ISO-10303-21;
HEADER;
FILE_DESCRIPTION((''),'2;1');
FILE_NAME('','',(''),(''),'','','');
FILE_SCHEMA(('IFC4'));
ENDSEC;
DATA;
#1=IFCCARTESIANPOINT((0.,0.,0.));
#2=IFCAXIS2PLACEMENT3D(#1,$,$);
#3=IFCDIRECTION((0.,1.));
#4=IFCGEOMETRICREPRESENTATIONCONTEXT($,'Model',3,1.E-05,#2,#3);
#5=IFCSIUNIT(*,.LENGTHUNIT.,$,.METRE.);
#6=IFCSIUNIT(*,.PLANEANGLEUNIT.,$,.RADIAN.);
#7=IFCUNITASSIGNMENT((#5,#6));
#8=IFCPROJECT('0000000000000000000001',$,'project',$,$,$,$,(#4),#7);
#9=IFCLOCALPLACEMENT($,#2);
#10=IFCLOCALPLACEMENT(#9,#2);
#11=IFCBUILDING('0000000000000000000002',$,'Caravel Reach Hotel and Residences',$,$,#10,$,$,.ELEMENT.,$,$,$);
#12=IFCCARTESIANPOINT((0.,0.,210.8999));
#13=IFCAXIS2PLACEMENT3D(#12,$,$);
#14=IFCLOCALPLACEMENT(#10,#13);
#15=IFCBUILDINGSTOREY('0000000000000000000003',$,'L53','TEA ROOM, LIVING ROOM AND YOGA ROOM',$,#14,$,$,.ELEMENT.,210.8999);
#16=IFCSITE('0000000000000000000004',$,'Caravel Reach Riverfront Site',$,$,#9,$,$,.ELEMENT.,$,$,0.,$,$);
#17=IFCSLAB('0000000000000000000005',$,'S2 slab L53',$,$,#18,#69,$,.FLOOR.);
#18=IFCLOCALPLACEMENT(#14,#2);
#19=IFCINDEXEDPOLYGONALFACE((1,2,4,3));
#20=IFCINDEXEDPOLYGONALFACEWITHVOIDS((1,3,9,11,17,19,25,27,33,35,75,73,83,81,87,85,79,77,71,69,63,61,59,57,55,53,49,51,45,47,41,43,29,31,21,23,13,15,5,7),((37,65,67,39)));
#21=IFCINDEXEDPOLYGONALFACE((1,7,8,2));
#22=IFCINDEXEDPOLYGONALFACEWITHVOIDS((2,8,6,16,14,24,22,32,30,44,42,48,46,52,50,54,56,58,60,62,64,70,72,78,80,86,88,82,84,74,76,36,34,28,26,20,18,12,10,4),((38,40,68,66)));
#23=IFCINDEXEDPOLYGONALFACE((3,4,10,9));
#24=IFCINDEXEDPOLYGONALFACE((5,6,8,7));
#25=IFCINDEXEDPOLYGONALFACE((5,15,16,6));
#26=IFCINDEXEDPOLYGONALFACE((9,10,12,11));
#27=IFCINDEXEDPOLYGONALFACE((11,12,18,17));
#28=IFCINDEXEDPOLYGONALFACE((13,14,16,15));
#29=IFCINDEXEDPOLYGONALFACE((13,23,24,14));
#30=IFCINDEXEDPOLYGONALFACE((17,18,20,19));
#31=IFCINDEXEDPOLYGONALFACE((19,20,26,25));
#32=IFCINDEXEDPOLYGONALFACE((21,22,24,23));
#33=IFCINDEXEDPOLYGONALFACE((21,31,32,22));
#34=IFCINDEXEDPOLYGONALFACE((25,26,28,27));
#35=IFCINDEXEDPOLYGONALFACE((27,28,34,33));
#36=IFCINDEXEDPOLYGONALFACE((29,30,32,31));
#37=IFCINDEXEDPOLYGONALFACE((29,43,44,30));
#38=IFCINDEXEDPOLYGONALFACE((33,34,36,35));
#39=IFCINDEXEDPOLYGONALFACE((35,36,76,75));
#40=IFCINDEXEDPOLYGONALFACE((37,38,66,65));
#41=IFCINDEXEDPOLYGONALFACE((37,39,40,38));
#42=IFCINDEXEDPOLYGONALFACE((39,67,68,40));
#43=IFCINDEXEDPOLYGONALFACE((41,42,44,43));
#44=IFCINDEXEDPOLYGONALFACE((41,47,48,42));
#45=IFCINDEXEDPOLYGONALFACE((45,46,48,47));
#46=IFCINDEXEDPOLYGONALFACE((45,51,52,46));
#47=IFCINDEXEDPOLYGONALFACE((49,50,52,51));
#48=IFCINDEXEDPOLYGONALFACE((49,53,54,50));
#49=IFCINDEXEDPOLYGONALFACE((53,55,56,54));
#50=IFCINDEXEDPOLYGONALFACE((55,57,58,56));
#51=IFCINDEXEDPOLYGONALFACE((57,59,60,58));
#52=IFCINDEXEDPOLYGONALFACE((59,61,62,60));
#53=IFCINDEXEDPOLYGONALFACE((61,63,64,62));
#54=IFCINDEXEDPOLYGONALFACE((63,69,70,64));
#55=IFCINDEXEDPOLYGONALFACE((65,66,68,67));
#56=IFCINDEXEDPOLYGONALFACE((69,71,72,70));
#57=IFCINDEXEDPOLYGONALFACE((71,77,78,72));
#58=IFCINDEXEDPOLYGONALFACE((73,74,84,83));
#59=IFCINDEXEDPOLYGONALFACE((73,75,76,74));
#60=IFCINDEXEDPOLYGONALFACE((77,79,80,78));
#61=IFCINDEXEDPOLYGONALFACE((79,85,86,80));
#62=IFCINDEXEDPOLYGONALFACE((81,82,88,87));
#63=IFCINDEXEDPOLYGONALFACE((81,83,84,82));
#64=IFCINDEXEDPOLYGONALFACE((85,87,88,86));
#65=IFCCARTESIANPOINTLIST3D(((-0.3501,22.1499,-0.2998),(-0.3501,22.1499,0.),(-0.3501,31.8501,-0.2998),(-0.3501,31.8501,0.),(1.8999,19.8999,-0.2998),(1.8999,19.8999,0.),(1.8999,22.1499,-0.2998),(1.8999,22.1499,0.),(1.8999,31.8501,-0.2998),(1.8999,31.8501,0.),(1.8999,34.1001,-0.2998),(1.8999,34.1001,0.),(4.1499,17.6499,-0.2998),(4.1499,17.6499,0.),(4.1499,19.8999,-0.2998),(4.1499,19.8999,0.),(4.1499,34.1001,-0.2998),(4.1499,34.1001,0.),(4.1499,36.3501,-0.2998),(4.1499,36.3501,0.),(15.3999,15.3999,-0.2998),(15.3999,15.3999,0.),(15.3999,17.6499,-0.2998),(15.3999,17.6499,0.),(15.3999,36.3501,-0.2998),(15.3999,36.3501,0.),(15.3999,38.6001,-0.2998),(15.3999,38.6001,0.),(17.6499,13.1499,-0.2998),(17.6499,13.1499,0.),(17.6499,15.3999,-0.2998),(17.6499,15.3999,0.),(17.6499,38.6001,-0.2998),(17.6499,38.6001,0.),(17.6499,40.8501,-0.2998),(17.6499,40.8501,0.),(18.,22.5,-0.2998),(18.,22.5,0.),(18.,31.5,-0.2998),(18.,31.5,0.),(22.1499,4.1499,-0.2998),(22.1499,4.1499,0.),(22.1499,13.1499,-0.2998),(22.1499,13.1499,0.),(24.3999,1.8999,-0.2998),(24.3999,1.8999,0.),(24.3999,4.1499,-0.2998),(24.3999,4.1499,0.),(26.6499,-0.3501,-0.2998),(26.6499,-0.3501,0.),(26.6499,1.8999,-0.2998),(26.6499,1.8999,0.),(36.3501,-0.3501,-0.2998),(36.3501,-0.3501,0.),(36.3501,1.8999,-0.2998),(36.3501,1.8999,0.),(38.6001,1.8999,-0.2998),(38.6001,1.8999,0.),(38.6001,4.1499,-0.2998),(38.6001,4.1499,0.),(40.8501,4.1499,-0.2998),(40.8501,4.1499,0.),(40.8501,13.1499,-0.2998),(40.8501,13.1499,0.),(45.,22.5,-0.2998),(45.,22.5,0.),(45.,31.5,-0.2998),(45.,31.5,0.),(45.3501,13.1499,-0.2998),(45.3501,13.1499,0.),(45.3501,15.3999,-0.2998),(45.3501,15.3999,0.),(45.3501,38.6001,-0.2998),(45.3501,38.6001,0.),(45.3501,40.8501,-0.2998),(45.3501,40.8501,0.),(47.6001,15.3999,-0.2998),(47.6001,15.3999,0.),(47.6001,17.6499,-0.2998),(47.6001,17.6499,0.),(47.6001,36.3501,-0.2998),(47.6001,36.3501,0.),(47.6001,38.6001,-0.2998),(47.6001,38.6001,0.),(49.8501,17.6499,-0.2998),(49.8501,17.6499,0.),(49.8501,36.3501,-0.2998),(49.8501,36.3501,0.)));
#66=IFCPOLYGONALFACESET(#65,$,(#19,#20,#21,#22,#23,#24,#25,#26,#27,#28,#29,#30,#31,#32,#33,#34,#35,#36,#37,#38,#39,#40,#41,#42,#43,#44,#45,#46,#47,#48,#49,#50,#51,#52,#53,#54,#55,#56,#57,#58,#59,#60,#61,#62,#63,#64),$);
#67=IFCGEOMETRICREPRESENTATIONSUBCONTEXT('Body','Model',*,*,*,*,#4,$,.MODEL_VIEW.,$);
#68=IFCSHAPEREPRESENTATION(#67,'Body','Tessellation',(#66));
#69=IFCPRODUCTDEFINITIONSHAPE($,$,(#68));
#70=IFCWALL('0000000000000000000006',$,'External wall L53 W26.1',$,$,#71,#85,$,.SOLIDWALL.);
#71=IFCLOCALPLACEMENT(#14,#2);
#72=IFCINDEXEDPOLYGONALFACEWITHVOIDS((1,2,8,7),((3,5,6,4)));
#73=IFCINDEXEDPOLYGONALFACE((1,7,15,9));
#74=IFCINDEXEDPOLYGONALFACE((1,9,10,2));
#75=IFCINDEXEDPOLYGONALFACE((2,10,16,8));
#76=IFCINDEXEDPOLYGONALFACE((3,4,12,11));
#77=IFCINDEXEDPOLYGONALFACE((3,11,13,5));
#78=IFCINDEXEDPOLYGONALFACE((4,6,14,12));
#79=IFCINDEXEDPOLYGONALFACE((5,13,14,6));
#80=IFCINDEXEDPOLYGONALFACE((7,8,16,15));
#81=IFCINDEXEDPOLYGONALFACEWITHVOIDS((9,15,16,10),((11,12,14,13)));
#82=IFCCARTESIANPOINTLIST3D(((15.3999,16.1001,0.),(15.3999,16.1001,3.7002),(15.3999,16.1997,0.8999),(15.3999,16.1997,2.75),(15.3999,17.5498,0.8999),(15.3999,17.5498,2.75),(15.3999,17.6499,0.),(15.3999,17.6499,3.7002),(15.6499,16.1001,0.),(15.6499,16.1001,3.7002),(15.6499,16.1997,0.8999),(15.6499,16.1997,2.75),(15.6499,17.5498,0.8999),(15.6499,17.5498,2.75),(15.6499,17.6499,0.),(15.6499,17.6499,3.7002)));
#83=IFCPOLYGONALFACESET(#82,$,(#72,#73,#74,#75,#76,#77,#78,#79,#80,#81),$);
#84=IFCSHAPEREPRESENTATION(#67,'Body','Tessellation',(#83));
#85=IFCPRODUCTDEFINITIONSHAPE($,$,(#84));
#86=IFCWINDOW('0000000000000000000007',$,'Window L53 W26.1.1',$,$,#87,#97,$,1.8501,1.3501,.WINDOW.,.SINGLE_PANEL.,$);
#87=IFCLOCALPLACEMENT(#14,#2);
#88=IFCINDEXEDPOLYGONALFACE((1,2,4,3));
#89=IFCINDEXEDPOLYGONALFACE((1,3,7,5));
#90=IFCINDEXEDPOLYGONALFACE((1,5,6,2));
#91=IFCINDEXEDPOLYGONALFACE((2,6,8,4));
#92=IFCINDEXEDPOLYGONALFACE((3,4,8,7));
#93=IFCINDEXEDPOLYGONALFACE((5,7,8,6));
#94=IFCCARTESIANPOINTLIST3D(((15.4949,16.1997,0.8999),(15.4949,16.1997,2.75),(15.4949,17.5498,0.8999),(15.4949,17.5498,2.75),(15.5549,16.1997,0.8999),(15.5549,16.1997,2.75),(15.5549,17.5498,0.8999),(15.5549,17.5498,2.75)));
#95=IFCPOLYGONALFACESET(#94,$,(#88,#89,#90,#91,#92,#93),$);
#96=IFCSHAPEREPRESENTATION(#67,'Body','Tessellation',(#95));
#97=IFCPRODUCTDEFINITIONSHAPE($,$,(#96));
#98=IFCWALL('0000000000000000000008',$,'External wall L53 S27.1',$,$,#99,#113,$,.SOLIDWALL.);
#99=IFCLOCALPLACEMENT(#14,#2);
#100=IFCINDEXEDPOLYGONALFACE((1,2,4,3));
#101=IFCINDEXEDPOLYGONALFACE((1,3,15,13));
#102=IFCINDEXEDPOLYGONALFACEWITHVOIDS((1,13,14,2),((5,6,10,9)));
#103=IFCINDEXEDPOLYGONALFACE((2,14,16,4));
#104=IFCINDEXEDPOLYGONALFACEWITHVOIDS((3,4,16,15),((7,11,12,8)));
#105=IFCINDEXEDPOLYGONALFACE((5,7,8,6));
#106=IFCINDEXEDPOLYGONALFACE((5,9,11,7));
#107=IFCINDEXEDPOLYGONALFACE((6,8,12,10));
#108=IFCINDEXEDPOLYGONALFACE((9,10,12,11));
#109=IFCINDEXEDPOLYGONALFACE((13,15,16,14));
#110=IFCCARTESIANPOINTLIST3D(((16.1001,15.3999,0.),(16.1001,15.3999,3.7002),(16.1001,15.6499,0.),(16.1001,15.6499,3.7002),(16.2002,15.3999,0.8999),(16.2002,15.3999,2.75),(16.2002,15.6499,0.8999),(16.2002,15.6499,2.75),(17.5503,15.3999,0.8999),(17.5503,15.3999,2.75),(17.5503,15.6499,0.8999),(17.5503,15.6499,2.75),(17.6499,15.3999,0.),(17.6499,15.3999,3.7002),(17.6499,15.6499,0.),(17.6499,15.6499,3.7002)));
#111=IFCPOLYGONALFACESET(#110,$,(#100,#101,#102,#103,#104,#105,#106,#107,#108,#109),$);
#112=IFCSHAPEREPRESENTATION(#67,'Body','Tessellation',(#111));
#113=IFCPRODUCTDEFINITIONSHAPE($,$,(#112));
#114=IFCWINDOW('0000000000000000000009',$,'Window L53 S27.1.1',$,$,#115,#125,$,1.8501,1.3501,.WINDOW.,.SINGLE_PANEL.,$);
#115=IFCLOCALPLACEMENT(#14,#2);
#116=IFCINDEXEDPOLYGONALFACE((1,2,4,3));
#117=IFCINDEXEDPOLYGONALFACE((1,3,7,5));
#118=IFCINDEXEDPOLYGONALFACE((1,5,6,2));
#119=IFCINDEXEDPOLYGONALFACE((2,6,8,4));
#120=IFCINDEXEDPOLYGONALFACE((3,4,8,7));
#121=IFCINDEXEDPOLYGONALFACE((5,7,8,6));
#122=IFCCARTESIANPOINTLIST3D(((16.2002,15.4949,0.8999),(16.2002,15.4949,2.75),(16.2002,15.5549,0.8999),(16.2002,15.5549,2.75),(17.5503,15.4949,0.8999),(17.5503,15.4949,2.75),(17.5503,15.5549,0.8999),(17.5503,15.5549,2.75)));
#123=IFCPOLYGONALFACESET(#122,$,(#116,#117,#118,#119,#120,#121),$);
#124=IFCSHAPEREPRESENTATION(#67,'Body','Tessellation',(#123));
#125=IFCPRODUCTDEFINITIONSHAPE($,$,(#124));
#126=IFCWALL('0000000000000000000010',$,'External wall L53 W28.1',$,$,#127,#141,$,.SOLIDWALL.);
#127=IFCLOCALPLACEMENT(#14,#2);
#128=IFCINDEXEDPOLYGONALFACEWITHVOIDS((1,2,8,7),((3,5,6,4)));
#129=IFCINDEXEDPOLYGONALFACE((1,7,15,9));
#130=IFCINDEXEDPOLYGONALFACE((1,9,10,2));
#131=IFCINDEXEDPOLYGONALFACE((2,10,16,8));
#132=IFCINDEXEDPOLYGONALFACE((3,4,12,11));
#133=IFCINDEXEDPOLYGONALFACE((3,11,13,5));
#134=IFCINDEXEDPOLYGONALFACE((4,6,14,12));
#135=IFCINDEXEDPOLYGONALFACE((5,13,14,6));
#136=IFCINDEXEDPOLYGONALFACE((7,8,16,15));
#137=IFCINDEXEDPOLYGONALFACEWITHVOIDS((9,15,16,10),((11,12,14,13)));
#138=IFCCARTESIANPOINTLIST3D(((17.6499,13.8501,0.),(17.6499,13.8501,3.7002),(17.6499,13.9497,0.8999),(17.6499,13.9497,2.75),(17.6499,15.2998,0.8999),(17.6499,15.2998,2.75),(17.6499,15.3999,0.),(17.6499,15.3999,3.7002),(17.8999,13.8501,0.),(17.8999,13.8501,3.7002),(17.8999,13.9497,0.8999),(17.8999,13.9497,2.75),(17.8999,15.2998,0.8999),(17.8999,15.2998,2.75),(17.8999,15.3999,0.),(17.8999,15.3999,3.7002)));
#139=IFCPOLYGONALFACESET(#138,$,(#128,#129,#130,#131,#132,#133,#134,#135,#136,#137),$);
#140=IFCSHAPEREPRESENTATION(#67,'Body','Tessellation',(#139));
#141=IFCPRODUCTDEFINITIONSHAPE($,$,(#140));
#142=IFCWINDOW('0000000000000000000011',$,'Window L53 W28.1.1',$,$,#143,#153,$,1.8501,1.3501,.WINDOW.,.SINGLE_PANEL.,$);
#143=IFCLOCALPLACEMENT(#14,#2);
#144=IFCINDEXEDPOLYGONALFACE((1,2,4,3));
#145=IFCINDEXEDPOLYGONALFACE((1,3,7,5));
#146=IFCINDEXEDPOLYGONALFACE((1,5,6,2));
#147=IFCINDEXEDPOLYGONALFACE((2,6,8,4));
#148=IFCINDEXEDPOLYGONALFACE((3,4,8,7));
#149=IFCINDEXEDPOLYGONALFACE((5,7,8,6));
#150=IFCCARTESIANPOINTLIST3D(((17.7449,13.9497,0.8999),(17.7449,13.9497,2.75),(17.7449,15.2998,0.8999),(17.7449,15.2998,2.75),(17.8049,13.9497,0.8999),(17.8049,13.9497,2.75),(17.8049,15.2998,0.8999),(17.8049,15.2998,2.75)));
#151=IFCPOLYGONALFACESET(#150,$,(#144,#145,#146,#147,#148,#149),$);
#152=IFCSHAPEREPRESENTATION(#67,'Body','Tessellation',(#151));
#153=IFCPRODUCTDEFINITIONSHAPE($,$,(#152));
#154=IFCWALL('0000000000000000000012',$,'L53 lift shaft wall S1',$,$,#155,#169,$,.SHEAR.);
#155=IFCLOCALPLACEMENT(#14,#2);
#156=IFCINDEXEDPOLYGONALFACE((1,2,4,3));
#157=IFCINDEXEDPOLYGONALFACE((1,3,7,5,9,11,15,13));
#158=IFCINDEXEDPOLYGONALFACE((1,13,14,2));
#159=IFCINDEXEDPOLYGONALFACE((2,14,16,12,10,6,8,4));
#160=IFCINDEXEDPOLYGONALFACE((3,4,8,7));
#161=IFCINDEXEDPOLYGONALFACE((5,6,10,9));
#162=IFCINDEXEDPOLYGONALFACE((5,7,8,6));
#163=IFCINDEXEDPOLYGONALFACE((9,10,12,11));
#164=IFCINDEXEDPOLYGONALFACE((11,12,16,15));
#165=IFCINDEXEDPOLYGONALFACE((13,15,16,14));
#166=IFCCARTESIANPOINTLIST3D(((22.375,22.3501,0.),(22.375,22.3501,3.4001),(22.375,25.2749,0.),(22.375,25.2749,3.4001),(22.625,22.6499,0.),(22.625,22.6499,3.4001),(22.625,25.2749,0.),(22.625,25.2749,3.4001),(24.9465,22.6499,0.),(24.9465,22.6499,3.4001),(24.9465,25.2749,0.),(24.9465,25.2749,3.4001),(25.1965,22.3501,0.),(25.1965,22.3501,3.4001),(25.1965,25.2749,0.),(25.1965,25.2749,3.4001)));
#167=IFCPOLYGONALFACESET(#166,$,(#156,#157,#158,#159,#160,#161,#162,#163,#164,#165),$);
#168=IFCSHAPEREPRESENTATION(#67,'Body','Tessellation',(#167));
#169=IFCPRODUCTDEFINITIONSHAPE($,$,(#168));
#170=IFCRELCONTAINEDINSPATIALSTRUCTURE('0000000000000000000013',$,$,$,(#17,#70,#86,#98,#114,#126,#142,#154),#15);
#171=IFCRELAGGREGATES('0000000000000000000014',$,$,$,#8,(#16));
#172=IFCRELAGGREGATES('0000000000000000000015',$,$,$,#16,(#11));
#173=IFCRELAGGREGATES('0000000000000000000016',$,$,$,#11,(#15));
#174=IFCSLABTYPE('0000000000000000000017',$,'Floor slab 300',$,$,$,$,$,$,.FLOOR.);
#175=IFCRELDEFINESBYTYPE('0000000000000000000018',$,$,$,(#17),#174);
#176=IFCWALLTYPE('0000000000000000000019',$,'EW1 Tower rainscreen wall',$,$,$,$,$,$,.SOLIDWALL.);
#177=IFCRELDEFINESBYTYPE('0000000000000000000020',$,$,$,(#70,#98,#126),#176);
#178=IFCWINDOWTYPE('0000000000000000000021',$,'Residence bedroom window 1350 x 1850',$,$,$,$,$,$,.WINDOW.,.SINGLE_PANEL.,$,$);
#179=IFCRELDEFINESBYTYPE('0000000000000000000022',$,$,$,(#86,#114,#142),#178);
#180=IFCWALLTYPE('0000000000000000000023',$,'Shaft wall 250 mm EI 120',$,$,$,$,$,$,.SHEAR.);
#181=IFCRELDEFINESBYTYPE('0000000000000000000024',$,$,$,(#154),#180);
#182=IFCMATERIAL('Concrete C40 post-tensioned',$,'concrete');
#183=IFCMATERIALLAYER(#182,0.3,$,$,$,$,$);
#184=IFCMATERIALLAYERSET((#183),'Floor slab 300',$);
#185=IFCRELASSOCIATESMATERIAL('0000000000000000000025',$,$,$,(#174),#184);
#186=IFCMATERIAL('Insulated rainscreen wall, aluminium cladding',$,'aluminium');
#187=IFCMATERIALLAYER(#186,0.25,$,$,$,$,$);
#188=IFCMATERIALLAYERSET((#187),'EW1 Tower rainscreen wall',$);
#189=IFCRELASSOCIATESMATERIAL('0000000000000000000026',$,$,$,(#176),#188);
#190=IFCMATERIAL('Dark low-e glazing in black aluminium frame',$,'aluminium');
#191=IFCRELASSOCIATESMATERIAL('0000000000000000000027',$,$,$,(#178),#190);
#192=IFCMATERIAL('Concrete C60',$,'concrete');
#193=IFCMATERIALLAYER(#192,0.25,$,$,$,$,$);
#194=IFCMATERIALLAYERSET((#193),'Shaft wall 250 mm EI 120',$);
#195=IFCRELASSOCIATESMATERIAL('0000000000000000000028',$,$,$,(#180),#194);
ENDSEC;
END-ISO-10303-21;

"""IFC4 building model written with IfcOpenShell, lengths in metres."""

from ifc_helpers import new_model, si_unit, direction, frame, frame_2d, origin, place, context, subcontext, project, spatial, polyline, rectangle, outline, extrude, material, layer, layer_set, type_object, element, fill, save


model = new_model("IFC4")

# Units and contexts
model_context = context("Model", 3, precision=1e-05, world=origin(), true_north=direction((0.0, 1.0)))
body_context = subcontext(model_context, "Body", "Model", "MODEL_VIEW")
ifc_project = project(units=[si_unit("LENGTHUNIT", "METRE"), si_unit("PLANEANGLEUNIT", "RADIAN")], contexts=[model_context])

# Site, building, storey
site_placement = place(None, origin())
site = spatial("IfcSite", under=ifc_project, at=site_placement, Name="Caravel Reach Riverfront Site", CompositionType="ELEMENT", RefElevation=0.0)
building_placement = place(site_placement, origin())
building = spatial("IfcBuilding", under=site, at=building_placement, Name="Caravel Reach Hotel and Residences", CompositionType="ELEMENT")
storey_placement = place(building_placement, frame((0.0, 0.0, 210.8999)))
storey = spatial("IfcBuildingStorey", under=building, at=storey_placement, Name="L53", Description="TEA ROOM, LIVING ROOM AND YOGA ROOM", CompositionType="ELEMENT", Elevation=210.8999)

# Slab
ifc_material_1 = material(Name="Concrete C40 post-tensioned", Category="concrete")
ifc_layer_1 = layer(ifc_material_1, 0.3)
ifc_layer_set_1 = layer_set([ifc_layer_1], Name="Floor slab 300")
slab_type_1 = type_object("IfcSlabType", Name="Floor slab 300", PredefinedType="FLOOR", material=ifc_layer_set_1)
slab_1_placement = place(storey_placement, frame((0.0, 0.0, -0.2998)))
element("IfcSlab", 1, at=slab_1_placement, inside=storey, type_object=slab_type_1, Name="S2 slab L53", PredefinedType="FLOOR", context=body_context, shape_type="SweptSolid", body=[
    extrude(outline(polyline([(38.6001, 4.1499), (38.6001, 1.8999), (36.3501, 1.8999), (36.3501, -0.3501), (26.6499, -0.3501), (26.6499, 1.8999), (24.3999, 1.8999), (24.3999, 4.1499), (22.1499, 4.1499), (22.1499, 13.1499), (17.6499, 13.1499), (17.6499, 15.3999), (15.3999, 15.3999), (15.3999, 17.6499), (4.1499, 17.6499), (4.1499, 19.8999), (1.8999, 19.8999), (1.8999, 22.1499), (-0.3501, 22.1499), (-0.3501, 31.8501), (1.8999, 31.8501), (1.8999, 34.1001), (4.1499, 34.1001), (4.1499, 36.3501), (15.3999, 36.3501), (15.3999, 38.6001), (17.6499, 38.6001), (17.6499, 40.8501), (45.3501, 40.8501), (45.3501, 38.6001), (47.6001, 38.6001), (47.6001, 36.3501), (49.8501, 36.3501), (49.8501, 17.6499), (47.6001, 17.6499), (47.6001, 15.3999), (45.3501, 15.3999), (45.3501, 13.1499), (40.8501, 13.1499), (40.8501, 4.1499), (38.6001, 4.1499)]), holes=[polyline([(45.0, 31.5), (18.0, 31.5), (18.0, 22.5), (45.0, 22.5), (45.0, 31.5)])]), origin(), (0.0, 0.0, 1.0), 0.2998),
])

# Walls, openings, windows
ifc_material_2 = material(Name="Insulated rainscreen wall, aluminium cladding", Category="aluminium")
ifc_layer_2 = layer(ifc_material_2, 0.25)
ifc_layer_set_2 = layer_set([ifc_layer_2], Name="EW1 Tower rainscreen wall")
wall_type_1 = type_object("IfcWallType", Name="EW1 Tower rainscreen wall", PredefinedType="SOLIDWALL", material=ifc_layer_set_2)
wall_1_placement = place(storey_placement, frame((15.5249, 17.6499, 0.0), z_axis=(0.0, 0.0, 1.0), x_axis=(0.0, -1.0, 0.0)))
wall_1 = element("IfcWall", 2, at=wall_1_placement, inside=storey, type_object=wall_type_1, Name="External wall L53 W26.1", PredefinedType="SOLIDWALL", context=body_context, shape_type="SweptSolid", body=[
    extrude(rectangle(XDim=1.5498, YDim=0.25, at=frame_2d((0.7749, 0.0))), origin(), (0.0, 0.0, 1.0), 3.7002),
])
opening_1_placement = place(wall_1_placement, frame((0.1001, 0.0, 0.8999)))
opening_1 = element("IfcOpeningElement", 3, at=opening_1_placement, cuts=wall_1, PredefinedType="OPENING", context=body_context, shape_type="SweptSolid", body=[
    extrude(rectangle(XDim=1.3501, YDim=1.8501, at=frame_2d((0.675, 0.925))), frame((0.0, 0.135, 0.0), z_axis=(0.0, -1.0, 0.0), x_axis=(1.0, 0.0, 0.0)), (0.0, 0.0, 1.0), 0.27),
])
ifc_material_3 = material(Name="Dark low-e glazing in black aluminium frame", Category="aluminium")
window_type = type_object("IfcWindowType", Name="Residence bedroom window 1350 x 1850", PartitioningType="SINGLE_PANEL", PredefinedType="WINDOW", material=ifc_material_3)
window_1_placement = place(opening_1_placement, origin())
window_1 = element("IfcWindow", 4, at=window_1_placement, inside=storey, type_object=window_type, Name="Window L53 W26.1.1", OverallHeight=1.8501, OverallWidth=1.3501, PartitioningType="SINGLE_PANEL", PredefinedType="WINDOW", context=body_context, shape_type="SweptSolid", body=[
    extrude(rectangle(XDim=1.3501, YDim=1.8501, at=frame_2d((0.675, 0.925))), frame((0.0, 0.03, 0.0), z_axis=(0.0, -1.0, 0.0), x_axis=(1.0, 0.0, 0.0)), (0.0, 0.0, 1.0), 0.0601),
])
fill(opening_1, window_1)
wall_2_placement = place(storey_placement, frame((16.1001, 15.5249, 0.0), z_axis=(0.0, 0.0, 1.0), x_axis=(1.0, 0.0, 0.0)))
wall_2 = element("IfcWall", 5, at=wall_2_placement, inside=storey, type_object=wall_type_1, Name="External wall L53 S27.1", PredefinedType="SOLIDWALL", context=body_context, shape_type="SweptSolid", body=[
    extrude(rectangle(XDim=1.5498, YDim=0.25, at=frame_2d((0.7749, 0.0))), origin(), (0.0, 0.0, 1.0), 3.7002),
])
opening_2_placement = place(wall_2_placement, frame((0.1001, 0.0, 0.8999)))
opening_2 = element("IfcOpeningElement", 6, at=opening_2_placement, cuts=wall_2, PredefinedType="OPENING", context=body_context, shape_type="SweptSolid", body=[
    extrude(rectangle(XDim=1.3501, YDim=1.8501, at=frame_2d((0.675, 0.925))), frame((0.0, 0.135, 0.0), z_axis=(0.0, -1.0, 0.0), x_axis=(1.0, 0.0, 0.0)), (0.0, 0.0, 1.0), 0.27),
])
window_2_placement = place(opening_2_placement, origin())
window_2 = element("IfcWindow", 7, at=window_2_placement, inside=storey, type_object=window_type, Name="Window L53 S27.1.1", OverallHeight=1.8501, OverallWidth=1.3501, PartitioningType="SINGLE_PANEL", PredefinedType="WINDOW", context=body_context, shape_type="SweptSolid", body=[
    extrude(rectangle(XDim=1.3501, YDim=1.8501, at=frame_2d((0.675, 0.925))), frame((0.0, 0.03, 0.0), z_axis=(0.0, -1.0, 0.0), x_axis=(1.0, 0.0, 0.0)), (0.0, 0.0, 1.0), 0.0601),
])
fill(opening_2, window_2)
wall_3_placement = place(storey_placement, frame((17.7749, 15.3999, 0.0), z_axis=(0.0, 0.0, 1.0), x_axis=(0.0, -1.0, 0.0)))
wall_3 = element("IfcWall", 8, at=wall_3_placement, inside=storey, type_object=wall_type_1, Name="External wall L53 W28.1", PredefinedType="SOLIDWALL", context=body_context, shape_type="SweptSolid", body=[
    extrude(rectangle(XDim=1.5498, YDim=0.25, at=frame_2d((0.7749, 0.0))), origin(), (0.0, 0.0, 1.0), 3.7002),
])
opening_3_placement = place(wall_3_placement, frame((0.1001, 0.0, 0.8999)))
opening_3 = element("IfcOpeningElement", 9, at=opening_3_placement, cuts=wall_3, PredefinedType="OPENING", context=body_context, shape_type="SweptSolid", body=[
    extrude(rectangle(XDim=1.3501, YDim=1.8501, at=frame_2d((0.675, 0.925))), frame((0.0, 0.135, 0.0), z_axis=(0.0, -1.0, 0.0), x_axis=(1.0, 0.0, 0.0)), (0.0, 0.0, 1.0), 0.27),
])
window_3_placement = place(opening_3_placement, origin())
window_3 = element("IfcWindow", 10, at=window_3_placement, inside=storey, type_object=window_type, Name="Window L53 W28.1.1", OverallHeight=1.8501, OverallWidth=1.3501, PartitioningType="SINGLE_PANEL", PredefinedType="WINDOW", context=body_context, shape_type="SweptSolid", body=[
    extrude(rectangle(XDim=1.3501, YDim=1.8501, at=frame_2d((0.675, 0.925))), frame((0.0, 0.03, 0.0), z_axis=(0.0, -1.0, 0.0), x_axis=(1.0, 0.0, 0.0)), (0.0, 0.0, 1.0), 0.0601),
])
fill(opening_3, window_3)

# Wall
ifc_material_4 = material(Name="Concrete C60", Category="concrete")
ifc_layer_3 = layer(ifc_material_4, 0.25)
ifc_layer_set_3 = layer_set([ifc_layer_3], Name="Shaft wall 250 mm EI 120")
wall_type_2 = type_object("IfcWallType", Name="Shaft wall 250 mm EI 120", PredefinedType="SHEAR", material=ifc_layer_set_3)
wall_4_placement = place(storey_placement, origin())
element("IfcWall", 11, at=wall_4_placement, inside=storey, type_object=wall_type_2, Name="L53 lift shaft wall S1", PredefinedType="SHEAR", context=body_context, shape_type="SweptSolid", body=[
    extrude(outline(polyline([(22.375, 22.3501), (25.1965, 22.3501), (25.1965, 25.2749), (24.9465, 25.2749), (24.9465, 22.6499), (22.625, 22.6499), (22.625, 25.2749), (22.375, 25.2749), (22.375, 22.3501)])), origin(), (0.0, 0.0, 1.0), 3.4001),
])

save(model, "model.ifc")
